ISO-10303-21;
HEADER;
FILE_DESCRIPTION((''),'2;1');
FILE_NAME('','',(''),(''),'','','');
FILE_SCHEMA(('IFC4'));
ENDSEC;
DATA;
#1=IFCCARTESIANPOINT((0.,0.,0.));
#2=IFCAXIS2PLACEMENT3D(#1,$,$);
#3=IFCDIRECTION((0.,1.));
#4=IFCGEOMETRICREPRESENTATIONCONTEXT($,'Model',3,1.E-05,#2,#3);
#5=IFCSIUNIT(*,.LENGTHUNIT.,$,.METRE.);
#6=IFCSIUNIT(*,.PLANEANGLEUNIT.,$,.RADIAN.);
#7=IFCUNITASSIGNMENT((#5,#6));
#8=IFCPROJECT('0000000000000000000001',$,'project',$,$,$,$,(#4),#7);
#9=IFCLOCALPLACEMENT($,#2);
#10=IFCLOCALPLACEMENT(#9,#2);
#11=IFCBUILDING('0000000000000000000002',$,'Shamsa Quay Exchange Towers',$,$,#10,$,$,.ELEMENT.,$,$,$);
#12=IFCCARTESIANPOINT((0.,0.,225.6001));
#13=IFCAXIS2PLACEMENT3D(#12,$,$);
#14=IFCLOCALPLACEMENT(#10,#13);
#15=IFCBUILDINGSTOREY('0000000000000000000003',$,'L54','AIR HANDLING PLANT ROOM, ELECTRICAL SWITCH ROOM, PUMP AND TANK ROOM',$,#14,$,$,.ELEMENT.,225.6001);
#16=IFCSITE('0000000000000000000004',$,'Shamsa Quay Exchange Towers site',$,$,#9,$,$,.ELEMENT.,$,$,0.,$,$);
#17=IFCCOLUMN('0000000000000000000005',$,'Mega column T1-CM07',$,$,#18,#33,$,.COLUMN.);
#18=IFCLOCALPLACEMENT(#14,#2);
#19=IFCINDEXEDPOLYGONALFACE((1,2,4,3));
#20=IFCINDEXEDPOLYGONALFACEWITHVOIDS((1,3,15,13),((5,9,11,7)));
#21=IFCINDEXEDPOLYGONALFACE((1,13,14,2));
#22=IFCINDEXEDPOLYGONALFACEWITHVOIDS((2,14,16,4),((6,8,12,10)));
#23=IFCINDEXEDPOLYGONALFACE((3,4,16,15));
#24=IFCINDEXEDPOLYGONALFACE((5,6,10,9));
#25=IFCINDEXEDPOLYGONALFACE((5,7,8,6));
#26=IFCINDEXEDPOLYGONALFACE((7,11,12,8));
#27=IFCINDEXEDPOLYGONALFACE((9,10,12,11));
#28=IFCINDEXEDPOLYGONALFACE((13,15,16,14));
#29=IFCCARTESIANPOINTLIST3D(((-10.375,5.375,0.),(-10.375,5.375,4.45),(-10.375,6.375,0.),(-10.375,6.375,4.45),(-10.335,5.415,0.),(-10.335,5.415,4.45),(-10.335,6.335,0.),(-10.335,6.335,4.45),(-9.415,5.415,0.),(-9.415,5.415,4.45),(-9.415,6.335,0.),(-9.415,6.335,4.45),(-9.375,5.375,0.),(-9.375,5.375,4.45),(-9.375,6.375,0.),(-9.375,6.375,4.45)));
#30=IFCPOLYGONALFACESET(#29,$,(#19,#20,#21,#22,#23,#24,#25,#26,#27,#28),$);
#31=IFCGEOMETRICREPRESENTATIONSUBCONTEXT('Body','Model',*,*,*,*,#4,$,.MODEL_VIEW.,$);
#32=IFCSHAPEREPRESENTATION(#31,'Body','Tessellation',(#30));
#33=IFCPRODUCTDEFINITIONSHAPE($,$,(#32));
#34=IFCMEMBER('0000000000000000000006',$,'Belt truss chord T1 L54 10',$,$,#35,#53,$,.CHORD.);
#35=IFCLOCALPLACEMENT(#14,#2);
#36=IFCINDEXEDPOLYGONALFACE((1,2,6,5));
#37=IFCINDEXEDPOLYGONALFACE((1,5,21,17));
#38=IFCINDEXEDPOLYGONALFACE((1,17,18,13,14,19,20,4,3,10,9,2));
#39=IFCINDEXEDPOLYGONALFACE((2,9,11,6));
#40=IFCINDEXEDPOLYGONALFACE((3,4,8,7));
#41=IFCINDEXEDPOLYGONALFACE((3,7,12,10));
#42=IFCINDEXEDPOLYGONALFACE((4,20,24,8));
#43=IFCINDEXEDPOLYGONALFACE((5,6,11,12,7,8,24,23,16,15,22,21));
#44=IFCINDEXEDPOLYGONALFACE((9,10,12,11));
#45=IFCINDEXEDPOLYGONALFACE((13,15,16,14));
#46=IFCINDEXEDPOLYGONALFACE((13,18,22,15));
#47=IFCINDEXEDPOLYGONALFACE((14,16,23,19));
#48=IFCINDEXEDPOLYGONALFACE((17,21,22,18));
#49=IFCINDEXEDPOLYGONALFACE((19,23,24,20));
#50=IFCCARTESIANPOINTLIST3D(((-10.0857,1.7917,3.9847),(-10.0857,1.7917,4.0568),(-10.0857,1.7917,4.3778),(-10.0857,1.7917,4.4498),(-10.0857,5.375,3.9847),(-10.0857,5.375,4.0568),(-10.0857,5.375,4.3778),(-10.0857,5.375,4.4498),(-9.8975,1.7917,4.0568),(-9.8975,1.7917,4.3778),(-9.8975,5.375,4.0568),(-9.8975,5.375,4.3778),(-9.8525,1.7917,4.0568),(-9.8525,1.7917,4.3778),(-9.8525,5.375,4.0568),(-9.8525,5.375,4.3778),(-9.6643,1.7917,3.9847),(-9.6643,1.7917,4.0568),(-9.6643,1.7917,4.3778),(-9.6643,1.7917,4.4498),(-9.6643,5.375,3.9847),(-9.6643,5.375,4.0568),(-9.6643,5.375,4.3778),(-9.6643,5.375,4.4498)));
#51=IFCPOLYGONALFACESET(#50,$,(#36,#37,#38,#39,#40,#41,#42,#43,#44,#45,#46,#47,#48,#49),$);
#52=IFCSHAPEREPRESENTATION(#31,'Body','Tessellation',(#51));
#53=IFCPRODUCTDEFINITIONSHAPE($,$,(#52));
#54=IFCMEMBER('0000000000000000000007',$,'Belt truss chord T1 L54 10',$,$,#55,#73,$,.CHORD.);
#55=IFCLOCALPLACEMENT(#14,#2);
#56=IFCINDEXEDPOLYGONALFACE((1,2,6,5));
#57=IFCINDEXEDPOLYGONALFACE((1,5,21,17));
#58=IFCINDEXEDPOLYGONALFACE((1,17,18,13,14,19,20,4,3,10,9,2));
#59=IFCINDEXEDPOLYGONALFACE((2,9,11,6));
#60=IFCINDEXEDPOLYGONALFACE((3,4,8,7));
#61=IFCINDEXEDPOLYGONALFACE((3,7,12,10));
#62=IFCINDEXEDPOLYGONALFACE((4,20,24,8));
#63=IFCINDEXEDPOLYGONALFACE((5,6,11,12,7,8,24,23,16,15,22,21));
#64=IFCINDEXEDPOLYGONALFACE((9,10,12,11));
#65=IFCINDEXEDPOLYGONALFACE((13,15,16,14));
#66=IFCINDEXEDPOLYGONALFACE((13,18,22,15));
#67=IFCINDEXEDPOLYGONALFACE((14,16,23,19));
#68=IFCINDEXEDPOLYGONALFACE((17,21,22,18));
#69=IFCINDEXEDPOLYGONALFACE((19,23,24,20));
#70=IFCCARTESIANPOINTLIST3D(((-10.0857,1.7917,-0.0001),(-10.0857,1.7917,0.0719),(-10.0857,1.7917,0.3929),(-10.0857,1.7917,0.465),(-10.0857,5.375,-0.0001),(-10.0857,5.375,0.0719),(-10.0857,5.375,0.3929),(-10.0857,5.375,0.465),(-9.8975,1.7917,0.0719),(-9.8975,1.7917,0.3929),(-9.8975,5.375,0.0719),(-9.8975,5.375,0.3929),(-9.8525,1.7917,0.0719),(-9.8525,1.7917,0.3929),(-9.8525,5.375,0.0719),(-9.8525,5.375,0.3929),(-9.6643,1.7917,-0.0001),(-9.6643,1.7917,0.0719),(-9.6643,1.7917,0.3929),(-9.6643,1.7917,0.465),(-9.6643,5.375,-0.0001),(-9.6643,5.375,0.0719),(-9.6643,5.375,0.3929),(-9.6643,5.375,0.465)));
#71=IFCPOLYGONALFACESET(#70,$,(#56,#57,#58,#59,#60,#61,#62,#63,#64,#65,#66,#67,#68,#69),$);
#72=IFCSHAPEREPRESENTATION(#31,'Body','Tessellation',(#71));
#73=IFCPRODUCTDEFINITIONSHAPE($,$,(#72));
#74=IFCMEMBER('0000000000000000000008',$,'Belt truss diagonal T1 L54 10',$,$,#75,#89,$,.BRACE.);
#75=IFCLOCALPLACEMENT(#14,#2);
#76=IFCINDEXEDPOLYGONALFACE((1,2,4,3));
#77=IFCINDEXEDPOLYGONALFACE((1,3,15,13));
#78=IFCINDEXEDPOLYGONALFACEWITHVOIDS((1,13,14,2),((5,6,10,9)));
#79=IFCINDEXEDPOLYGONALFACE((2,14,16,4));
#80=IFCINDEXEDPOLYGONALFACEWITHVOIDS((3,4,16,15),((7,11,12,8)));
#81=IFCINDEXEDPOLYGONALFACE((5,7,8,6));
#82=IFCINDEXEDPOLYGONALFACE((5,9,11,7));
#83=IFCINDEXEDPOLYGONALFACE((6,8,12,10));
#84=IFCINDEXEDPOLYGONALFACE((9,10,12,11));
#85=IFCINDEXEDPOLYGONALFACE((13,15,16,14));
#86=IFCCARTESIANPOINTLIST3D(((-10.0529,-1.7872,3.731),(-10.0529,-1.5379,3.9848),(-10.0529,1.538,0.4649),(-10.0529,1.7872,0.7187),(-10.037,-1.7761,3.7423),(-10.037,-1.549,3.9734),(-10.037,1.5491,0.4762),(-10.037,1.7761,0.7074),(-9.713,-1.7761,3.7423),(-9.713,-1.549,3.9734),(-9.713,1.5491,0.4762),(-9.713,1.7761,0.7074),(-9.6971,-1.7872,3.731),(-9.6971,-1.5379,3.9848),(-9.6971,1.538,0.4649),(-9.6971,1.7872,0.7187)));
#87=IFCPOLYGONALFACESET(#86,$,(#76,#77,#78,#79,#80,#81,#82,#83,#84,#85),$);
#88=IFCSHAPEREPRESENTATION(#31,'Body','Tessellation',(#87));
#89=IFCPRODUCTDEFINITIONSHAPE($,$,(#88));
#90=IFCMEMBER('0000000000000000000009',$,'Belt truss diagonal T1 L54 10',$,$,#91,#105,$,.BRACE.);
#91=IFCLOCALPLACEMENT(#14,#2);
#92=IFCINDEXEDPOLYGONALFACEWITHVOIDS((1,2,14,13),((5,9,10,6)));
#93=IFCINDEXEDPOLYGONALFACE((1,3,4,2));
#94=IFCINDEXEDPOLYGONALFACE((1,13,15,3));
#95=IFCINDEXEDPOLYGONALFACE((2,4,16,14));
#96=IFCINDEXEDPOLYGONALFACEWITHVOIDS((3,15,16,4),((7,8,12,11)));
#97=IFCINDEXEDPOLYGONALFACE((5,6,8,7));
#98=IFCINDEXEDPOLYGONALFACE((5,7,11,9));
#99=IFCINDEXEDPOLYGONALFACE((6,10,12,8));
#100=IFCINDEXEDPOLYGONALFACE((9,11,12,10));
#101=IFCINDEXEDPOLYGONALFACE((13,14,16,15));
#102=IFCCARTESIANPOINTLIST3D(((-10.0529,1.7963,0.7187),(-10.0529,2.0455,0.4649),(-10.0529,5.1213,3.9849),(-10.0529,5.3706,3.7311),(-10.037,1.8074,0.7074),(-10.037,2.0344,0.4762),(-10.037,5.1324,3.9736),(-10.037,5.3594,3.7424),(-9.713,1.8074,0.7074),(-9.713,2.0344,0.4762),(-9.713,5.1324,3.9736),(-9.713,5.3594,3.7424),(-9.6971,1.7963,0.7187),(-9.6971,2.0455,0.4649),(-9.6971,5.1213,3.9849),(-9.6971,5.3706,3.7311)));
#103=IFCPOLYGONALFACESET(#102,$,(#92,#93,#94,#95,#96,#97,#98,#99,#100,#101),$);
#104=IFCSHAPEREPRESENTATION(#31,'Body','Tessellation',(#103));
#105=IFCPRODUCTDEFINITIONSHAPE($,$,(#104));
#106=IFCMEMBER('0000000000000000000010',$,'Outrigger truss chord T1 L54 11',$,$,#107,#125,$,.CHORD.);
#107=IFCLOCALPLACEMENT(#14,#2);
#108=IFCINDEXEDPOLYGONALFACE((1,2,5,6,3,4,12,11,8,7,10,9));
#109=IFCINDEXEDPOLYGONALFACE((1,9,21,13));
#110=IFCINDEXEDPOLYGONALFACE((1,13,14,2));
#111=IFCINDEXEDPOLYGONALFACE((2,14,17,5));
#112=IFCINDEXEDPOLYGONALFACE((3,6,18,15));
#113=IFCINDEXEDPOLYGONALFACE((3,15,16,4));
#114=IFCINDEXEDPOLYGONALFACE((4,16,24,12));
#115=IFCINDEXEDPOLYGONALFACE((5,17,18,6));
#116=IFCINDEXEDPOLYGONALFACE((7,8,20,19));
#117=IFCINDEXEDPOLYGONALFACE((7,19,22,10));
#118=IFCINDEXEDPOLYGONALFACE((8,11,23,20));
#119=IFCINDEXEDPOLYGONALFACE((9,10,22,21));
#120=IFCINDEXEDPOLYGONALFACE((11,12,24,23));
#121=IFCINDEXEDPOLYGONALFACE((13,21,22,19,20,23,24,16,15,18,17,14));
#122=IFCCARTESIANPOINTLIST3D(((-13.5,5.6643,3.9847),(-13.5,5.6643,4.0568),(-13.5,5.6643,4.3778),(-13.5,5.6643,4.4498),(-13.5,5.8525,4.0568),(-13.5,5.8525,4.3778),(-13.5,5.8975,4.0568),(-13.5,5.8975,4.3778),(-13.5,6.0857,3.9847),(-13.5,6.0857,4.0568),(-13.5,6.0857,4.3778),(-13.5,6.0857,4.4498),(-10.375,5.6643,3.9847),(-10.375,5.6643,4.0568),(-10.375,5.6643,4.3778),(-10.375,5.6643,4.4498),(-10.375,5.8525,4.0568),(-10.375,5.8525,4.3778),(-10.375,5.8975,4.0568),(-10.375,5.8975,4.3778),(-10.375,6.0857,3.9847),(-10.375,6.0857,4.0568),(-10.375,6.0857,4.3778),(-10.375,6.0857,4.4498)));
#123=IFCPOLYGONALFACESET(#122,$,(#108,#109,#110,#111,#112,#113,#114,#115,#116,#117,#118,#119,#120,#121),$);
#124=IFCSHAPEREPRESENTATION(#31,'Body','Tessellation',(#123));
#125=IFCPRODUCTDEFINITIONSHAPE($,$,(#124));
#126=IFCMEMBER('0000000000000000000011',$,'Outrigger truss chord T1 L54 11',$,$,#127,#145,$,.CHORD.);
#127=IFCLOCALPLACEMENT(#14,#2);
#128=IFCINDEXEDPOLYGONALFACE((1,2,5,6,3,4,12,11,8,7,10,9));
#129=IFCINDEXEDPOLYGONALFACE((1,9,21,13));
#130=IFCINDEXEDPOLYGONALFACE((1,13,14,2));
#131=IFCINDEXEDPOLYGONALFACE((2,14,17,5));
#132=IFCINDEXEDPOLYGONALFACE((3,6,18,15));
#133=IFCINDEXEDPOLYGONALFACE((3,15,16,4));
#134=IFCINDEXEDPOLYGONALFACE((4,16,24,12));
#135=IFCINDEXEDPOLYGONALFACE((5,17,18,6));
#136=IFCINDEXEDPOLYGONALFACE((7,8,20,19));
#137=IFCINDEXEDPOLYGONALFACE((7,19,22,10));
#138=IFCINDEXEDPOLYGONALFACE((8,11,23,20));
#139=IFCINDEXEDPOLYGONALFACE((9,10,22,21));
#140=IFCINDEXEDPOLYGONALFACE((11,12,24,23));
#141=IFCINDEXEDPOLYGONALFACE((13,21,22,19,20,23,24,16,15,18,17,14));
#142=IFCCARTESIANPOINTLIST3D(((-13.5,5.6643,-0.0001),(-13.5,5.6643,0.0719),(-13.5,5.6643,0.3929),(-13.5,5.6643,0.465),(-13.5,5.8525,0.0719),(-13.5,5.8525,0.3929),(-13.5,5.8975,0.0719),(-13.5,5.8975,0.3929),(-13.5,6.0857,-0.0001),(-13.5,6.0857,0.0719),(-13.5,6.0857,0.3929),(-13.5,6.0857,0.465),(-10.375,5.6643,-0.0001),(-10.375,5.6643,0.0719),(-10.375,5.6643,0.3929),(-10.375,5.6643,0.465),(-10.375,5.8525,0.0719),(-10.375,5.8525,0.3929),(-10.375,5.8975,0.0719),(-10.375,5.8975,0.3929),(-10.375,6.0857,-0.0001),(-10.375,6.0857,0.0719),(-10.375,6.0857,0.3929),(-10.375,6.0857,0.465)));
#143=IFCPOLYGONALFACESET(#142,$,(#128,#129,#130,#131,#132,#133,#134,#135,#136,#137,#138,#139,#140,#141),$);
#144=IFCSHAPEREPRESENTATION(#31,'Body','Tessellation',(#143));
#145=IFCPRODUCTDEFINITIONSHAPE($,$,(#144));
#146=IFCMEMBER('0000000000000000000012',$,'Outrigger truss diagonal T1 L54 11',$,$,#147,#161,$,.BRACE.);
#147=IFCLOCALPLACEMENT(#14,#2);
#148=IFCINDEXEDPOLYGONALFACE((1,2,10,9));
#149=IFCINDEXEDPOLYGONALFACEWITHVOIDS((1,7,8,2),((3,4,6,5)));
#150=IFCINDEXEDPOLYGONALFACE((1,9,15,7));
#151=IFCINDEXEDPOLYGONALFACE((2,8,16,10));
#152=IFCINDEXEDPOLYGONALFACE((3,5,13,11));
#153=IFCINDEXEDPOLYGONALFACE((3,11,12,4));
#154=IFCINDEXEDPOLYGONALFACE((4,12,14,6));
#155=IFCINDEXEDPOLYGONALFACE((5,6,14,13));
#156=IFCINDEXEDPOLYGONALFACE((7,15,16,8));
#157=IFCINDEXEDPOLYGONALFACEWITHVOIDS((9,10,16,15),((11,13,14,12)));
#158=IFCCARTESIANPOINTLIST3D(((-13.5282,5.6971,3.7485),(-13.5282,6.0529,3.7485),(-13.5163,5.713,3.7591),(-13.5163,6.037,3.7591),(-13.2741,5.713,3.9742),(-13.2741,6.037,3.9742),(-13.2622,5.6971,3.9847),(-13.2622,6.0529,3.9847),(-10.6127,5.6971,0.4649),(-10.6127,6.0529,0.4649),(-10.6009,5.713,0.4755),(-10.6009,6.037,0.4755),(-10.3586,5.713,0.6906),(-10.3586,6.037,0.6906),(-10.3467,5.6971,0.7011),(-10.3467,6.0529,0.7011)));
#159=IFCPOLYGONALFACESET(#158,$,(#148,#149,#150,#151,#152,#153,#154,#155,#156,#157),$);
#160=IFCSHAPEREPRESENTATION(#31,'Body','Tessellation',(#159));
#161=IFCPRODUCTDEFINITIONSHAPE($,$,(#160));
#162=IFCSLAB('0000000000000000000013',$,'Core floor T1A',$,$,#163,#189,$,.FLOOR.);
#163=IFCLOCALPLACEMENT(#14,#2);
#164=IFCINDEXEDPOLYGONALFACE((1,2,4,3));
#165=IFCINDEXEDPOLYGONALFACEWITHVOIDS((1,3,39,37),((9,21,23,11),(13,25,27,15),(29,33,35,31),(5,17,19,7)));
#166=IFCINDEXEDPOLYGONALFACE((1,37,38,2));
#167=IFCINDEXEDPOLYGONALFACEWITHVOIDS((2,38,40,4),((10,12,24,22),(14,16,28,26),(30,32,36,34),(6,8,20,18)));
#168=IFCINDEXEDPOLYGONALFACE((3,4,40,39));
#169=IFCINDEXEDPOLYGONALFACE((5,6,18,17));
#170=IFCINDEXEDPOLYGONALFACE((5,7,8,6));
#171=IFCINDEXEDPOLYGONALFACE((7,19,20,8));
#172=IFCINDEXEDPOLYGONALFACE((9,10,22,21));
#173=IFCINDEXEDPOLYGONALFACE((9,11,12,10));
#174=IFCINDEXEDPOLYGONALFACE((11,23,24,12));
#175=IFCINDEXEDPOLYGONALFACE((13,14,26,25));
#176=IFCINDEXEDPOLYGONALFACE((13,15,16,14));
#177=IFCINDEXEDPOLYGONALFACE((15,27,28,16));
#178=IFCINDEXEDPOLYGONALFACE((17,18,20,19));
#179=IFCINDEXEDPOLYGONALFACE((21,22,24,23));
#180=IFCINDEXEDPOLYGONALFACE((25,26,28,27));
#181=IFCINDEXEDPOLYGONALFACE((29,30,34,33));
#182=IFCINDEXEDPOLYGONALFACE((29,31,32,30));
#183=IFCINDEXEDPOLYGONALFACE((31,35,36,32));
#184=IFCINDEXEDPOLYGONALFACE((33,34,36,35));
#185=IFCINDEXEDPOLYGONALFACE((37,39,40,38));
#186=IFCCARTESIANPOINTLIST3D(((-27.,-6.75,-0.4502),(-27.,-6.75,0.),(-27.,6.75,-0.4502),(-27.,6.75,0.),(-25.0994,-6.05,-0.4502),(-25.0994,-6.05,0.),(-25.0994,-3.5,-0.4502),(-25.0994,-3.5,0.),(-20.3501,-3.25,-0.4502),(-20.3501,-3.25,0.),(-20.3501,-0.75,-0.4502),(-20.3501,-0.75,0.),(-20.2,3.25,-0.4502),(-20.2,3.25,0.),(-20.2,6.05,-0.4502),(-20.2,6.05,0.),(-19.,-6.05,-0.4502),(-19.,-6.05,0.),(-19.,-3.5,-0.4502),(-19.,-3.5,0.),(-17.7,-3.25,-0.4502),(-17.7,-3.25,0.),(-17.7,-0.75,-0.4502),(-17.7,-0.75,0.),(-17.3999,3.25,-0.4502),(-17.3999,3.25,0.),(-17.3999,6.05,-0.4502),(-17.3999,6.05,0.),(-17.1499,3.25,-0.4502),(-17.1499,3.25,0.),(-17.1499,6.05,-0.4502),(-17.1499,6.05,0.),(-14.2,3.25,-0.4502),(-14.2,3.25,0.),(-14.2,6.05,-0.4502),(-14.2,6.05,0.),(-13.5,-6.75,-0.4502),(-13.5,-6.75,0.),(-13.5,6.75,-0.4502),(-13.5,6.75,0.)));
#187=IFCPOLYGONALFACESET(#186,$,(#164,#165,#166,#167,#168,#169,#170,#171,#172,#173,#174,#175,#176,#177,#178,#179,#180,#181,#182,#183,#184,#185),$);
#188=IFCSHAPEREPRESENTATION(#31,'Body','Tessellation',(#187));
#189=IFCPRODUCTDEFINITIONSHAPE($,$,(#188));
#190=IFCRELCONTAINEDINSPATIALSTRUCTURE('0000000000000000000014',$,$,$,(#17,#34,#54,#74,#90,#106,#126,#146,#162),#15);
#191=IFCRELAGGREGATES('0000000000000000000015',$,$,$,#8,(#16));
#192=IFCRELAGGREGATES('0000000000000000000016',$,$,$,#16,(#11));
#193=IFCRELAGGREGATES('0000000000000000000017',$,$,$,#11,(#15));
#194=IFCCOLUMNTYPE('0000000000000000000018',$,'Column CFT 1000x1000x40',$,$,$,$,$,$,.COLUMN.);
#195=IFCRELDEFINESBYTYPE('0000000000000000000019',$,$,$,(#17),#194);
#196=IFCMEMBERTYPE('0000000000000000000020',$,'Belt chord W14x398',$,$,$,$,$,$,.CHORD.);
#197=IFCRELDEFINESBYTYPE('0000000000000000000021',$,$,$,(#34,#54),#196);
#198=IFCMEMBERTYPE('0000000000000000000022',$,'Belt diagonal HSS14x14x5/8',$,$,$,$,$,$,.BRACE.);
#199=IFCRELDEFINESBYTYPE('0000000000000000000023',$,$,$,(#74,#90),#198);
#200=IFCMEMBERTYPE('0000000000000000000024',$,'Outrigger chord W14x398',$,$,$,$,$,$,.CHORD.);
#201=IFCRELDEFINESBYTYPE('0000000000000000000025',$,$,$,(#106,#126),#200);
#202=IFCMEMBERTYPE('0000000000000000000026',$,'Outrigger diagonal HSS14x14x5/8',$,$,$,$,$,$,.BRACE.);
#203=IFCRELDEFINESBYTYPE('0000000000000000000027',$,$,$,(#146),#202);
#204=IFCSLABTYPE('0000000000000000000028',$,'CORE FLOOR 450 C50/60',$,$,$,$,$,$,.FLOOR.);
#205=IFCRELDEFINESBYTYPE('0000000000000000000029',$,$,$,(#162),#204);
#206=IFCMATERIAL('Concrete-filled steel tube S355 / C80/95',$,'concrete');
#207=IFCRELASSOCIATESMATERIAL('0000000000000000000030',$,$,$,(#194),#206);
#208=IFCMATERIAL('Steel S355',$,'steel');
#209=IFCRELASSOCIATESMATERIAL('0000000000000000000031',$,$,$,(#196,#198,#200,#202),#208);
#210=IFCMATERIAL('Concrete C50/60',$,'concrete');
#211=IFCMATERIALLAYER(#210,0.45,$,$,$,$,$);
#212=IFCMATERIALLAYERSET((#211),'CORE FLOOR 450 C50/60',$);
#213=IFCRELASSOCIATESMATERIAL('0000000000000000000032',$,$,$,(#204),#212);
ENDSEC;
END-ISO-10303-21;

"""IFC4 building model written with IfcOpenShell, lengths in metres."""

from ifc_helpers import new_model, si_unit, direction, frame, origin, origin_2d, place, context, subcontext, project, spatial, polyline, hollow_rectangle, i_section, outline, extrude, material, layer, layer_set, material_profile, profile_set, type_object, element, save


model = new_model("IFC4")

# Units and contexts
model_context = context("Model", 3, precision=1e-05, world=origin(), true_north=direction((0.0, 1.0)))
body_context = subcontext(model_context, "Body", "Model", "MODEL_VIEW")
ifc_project = project(units=[si_unit("LENGTHUNIT", "METRE"), si_unit("PLANEANGLEUNIT", "RADIAN")], contexts=[model_context])

# Site, building, storey
site_placement = place(None, origin())
site = spatial("IfcSite", under=ifc_project, at=site_placement, Name="Shamsa Quay Exchange Towers site", CompositionType="ELEMENT", RefElevation=0.0)
building_placement = place(site_placement, origin())
building = spatial("IfcBuilding", under=site, at=building_placement, Name="Shamsa Quay Exchange Towers", CompositionType="ELEMENT")
storey_placement = place(building_placement, frame((0.0, 0.0, 225.6001)))
storey = spatial("IfcBuildingStorey", under=building, at=storey_placement, Name="L54", Description="AIR HANDLING PLANT ROOM, ELECTRICAL SWITCH ROOM, PUMP AND TANK ROOM", CompositionType="ELEMENT", Elevation=225.6001)

# Column
ifc_material_1 = material(Name="Concrete-filled steel tube S355 / C80/95", Category="concrete")
ifc_material_profile_1 = material_profile(ifc_material_1, hollow_rectangle(XDim=1.0, YDim=1.0, WallThickness=0.04, at=origin_2d()), Name="CFT 1000x1000x40")
ifc_profile_set_1 = profile_set([ifc_material_profile_1], Name="Concrete-filled steel tube S355 / C80/95")
column_type = type_object("IfcColumnType", Name="Column CFT 1000x1000x40", PredefinedType="COLUMN", material=ifc_profile_set_1)
column_placement = place(storey_placement, frame((-9.875, 5.875, 0.0)))
element("IfcColumn", 1, at=column_placement, inside=storey, type_object=column_type, Name="Mega column T1-CM07", PredefinedType="COLUMN", context=body_context, shape_type="SweptSolid", body=[
    extrude(hollow_rectangle(XDim=1.0, YDim=1.0, WallThickness=0.04, at=origin_2d()), origin(), (0.0, 0.0, 1.0), 4.45),
])

# Members
ifc_material_2 = material(Name="Steel S355", Category="steel")
ifc_material_profile_2 = material_profile(ifc_material_2, i_section(OverallWidth=0.4214, OverallDepth=0.4651, WebThickness=0.0449, FlangeThickness=0.072, at=origin_2d()), Name="W14x398")
ifc_profile_set_2 = profile_set([ifc_material_profile_2], Name="Steel S355")
member_type_1 = type_object("IfcMemberType", Name="Belt chord W14x398", PredefinedType="CHORD", material=ifc_profile_set_2)
for number, where, z_axis, x_axis, name in (
    (2, (-9.875, 1.7917, 4.2173), (0.0, 1.0, 0.0), (-1.0, 0.0, 0.0), "Belt truss chord T1 L54 10"),
    (3, (-9.875, 1.7917, 0.2324), (0.0, 1.0, 0.0), (-1.0, 0.0, 0.0), "Belt truss chord T1 L54 10"),
):
    element("IfcMember", number, at=place(storey_placement, frame(where, z_axis=z_axis, x_axis=x_axis)), inside=storey, type_object=member_type_1, Name=name, PredefinedType="CHORD", context=body_context, shape_type="SweptSolid", body=[
        extrude(i_section(OverallWidth=0.4214, OverallDepth=0.4651, WebThickness=0.0449, FlangeThickness=0.072, at=origin_2d()), origin(), (0.0, 0.0, 1.0), 3.5833),
    ])
ifc_material_profile_3 = material_profile(ifc_material_2, hollow_rectangle(XDim=0.3557, YDim=0.3557, WallThickness=0.0159, at=origin_2d()), Name="HSS14x14x5/8")
ifc_profile_set_3 = profile_set([ifc_material_profile_3], Name="Steel S355")
member_type_2 = type_object("IfcMemberType", Name="Belt diagonal HSS14x14x5/8", PredefinedType="BRACE", material=ifc_profile_set_3)
for number, where, z_axis, x_axis, name in (
    (4, (-9.875, 1.6626, 0.5918), (0.0, -0.713416, 0.70074), (1.0, 0.0, 0.0), "Belt truss diagonal T1 L54 10"),
    (5, (-9.875, 1.9209, 0.5918), (0.0, 0.713391, 0.700767), (-1.0, 0.0, 0.0), "Belt truss diagonal T1 L54 10"),
):
    element("IfcMember", number, at=place(storey_placement, frame(where, z_axis=z_axis, x_axis=x_axis)), inside=storey, type_object=member_type_2, Name=name, PredefinedType="BRACE", context=body_context, shape_type="SweptSolid", body=[
        extrude(hollow_rectangle(XDim=0.3557, YDim=0.3557, WallThickness=0.0159, at=origin_2d()), origin(), (0.0, 0.0, 1.0), 4.6609),
    ])
ifc_material_profile_4 = material_profile(ifc_material_2, i_section(OverallWidth=0.4214, OverallDepth=0.4651, WebThickness=0.0449, FlangeThickness=0.072, at=origin_2d()), Name="W14x398")
ifc_profile_set_4 = profile_set([ifc_material_profile_4], Name="Steel S355")
member_type_3 = type_object("IfcMemberType", Name="Outrigger chord W14x398", PredefinedType="CHORD", material=ifc_profile_set_4)
for number, where, z_axis, x_axis, name in (
    (6, (-10.375, 5.875, 4.2173), (-1.0, 0.0, 0.0), (0.0, -1.0, 0.0), "Outrigger truss chord T1 L54 11"),
    (7, (-10.375, 5.875, 0.2324), (-1.0, 0.0, 0.0), (0.0, -1.0, 0.0), "Outrigger truss chord T1 L54 11"),
):
    element("IfcMember", number, at=place(storey_placement, frame(where, z_axis=z_axis, x_axis=x_axis)), inside=storey, type_object=member_type_3, Name=name, PredefinedType="CHORD", context=body_context, shape_type="SweptSolid", body=[
        extrude(i_section(OverallWidth=0.4214, OverallDepth=0.4651, WebThickness=0.0449, FlangeThickness=0.072, at=origin_2d()), origin(), (0.0, 0.0, 1.0), 3.125),
    ])
ifc_material_profile_5 = material_profile(ifc_material_2, hollow_rectangle(XDim=0.3557, YDim=0.3557, WallThickness=0.0159, at=origin_2d()), Name="HSS14x14x5/8")
ifc_profile_set_5 = profile_set([ifc_material_profile_5], Name="Steel S355")
member_type_4 = type_object("IfcMemberType", Name="Outrigger diagonal HSS14x14x5/8", PredefinedType="BRACE", material=ifc_profile_set_5)
member_placement = place(storey_placement, frame((-10.4797, 5.875, 0.583), z_axis=(-0.663943, 0.0, 0.747783), x_axis=(0.0, -1.0, 0.0)))
element("IfcMember", 8, at=member_placement, inside=storey, type_object=member_type_4, Name="Outrigger truss diagonal T1 L54 11", PredefinedType="BRACE", context=body_context, shape_type="SweptSolid", body=[
    extrude(hollow_rectangle(XDim=0.3557, YDim=0.3557, WallThickness=0.0159, at=origin_2d()), origin(), (0.0, 0.0, 1.0), 4.3911),
])

# Slab
ifc_material_3 = material(Name="Concrete C50/60", Category="concrete")
ifc_layer_1 = layer(ifc_material_3, 0.45)
ifc_layer_set_1 = layer_set([ifc_layer_1], Name="CORE FLOOR 450 C50/60")
slab_type_1 = type_object("IfcSlabType", Name="CORE FLOOR 450 C50/60", PredefinedType="FLOOR", material=ifc_layer_set_1)
slab_1_placement = place(storey_placement, frame((0.0, 0.0, -0.4502)))
element("IfcSlab", 9, at=slab_1_placement, inside=storey, type_object=slab_type_1, Name="Core floor T1A", PredefinedType="FLOOR", context=body_context, shape_type="SweptSolid", body=[
    extrude(outline(polyline([(-27.0, -6.75), (-13.5, -6.75), (-13.5, 6.75), (-27.0, 6.75), (-27.0, -6.75)]), holes=[polyline([(-25.0994, -6.05), (-25.0994, -3.5), (-19.0, -3.5), (-19.0, -6.05), (-25.0994, -6.05)]), polyline([(-20.2, 3.25), (-20.2, 6.05), (-17.3999, 6.05), (-17.3999, 3.25), (-20.2, 3.25)]), polyline([(-17.1499, 3.25), (-17.1499, 6.05), (-14.2, 6.05), (-14.2, 3.25), (-17.1499, 3.25)]), polyline([(-20.3501, -3.25), (-20.3501, -0.75), (-17.7, -0.75), (-17.7, -3.25), (-20.3501, -3.25)])]), origin(), (0.0, 0.0, 1.0), 0.4502),
])

save(model, "model.ifc")
